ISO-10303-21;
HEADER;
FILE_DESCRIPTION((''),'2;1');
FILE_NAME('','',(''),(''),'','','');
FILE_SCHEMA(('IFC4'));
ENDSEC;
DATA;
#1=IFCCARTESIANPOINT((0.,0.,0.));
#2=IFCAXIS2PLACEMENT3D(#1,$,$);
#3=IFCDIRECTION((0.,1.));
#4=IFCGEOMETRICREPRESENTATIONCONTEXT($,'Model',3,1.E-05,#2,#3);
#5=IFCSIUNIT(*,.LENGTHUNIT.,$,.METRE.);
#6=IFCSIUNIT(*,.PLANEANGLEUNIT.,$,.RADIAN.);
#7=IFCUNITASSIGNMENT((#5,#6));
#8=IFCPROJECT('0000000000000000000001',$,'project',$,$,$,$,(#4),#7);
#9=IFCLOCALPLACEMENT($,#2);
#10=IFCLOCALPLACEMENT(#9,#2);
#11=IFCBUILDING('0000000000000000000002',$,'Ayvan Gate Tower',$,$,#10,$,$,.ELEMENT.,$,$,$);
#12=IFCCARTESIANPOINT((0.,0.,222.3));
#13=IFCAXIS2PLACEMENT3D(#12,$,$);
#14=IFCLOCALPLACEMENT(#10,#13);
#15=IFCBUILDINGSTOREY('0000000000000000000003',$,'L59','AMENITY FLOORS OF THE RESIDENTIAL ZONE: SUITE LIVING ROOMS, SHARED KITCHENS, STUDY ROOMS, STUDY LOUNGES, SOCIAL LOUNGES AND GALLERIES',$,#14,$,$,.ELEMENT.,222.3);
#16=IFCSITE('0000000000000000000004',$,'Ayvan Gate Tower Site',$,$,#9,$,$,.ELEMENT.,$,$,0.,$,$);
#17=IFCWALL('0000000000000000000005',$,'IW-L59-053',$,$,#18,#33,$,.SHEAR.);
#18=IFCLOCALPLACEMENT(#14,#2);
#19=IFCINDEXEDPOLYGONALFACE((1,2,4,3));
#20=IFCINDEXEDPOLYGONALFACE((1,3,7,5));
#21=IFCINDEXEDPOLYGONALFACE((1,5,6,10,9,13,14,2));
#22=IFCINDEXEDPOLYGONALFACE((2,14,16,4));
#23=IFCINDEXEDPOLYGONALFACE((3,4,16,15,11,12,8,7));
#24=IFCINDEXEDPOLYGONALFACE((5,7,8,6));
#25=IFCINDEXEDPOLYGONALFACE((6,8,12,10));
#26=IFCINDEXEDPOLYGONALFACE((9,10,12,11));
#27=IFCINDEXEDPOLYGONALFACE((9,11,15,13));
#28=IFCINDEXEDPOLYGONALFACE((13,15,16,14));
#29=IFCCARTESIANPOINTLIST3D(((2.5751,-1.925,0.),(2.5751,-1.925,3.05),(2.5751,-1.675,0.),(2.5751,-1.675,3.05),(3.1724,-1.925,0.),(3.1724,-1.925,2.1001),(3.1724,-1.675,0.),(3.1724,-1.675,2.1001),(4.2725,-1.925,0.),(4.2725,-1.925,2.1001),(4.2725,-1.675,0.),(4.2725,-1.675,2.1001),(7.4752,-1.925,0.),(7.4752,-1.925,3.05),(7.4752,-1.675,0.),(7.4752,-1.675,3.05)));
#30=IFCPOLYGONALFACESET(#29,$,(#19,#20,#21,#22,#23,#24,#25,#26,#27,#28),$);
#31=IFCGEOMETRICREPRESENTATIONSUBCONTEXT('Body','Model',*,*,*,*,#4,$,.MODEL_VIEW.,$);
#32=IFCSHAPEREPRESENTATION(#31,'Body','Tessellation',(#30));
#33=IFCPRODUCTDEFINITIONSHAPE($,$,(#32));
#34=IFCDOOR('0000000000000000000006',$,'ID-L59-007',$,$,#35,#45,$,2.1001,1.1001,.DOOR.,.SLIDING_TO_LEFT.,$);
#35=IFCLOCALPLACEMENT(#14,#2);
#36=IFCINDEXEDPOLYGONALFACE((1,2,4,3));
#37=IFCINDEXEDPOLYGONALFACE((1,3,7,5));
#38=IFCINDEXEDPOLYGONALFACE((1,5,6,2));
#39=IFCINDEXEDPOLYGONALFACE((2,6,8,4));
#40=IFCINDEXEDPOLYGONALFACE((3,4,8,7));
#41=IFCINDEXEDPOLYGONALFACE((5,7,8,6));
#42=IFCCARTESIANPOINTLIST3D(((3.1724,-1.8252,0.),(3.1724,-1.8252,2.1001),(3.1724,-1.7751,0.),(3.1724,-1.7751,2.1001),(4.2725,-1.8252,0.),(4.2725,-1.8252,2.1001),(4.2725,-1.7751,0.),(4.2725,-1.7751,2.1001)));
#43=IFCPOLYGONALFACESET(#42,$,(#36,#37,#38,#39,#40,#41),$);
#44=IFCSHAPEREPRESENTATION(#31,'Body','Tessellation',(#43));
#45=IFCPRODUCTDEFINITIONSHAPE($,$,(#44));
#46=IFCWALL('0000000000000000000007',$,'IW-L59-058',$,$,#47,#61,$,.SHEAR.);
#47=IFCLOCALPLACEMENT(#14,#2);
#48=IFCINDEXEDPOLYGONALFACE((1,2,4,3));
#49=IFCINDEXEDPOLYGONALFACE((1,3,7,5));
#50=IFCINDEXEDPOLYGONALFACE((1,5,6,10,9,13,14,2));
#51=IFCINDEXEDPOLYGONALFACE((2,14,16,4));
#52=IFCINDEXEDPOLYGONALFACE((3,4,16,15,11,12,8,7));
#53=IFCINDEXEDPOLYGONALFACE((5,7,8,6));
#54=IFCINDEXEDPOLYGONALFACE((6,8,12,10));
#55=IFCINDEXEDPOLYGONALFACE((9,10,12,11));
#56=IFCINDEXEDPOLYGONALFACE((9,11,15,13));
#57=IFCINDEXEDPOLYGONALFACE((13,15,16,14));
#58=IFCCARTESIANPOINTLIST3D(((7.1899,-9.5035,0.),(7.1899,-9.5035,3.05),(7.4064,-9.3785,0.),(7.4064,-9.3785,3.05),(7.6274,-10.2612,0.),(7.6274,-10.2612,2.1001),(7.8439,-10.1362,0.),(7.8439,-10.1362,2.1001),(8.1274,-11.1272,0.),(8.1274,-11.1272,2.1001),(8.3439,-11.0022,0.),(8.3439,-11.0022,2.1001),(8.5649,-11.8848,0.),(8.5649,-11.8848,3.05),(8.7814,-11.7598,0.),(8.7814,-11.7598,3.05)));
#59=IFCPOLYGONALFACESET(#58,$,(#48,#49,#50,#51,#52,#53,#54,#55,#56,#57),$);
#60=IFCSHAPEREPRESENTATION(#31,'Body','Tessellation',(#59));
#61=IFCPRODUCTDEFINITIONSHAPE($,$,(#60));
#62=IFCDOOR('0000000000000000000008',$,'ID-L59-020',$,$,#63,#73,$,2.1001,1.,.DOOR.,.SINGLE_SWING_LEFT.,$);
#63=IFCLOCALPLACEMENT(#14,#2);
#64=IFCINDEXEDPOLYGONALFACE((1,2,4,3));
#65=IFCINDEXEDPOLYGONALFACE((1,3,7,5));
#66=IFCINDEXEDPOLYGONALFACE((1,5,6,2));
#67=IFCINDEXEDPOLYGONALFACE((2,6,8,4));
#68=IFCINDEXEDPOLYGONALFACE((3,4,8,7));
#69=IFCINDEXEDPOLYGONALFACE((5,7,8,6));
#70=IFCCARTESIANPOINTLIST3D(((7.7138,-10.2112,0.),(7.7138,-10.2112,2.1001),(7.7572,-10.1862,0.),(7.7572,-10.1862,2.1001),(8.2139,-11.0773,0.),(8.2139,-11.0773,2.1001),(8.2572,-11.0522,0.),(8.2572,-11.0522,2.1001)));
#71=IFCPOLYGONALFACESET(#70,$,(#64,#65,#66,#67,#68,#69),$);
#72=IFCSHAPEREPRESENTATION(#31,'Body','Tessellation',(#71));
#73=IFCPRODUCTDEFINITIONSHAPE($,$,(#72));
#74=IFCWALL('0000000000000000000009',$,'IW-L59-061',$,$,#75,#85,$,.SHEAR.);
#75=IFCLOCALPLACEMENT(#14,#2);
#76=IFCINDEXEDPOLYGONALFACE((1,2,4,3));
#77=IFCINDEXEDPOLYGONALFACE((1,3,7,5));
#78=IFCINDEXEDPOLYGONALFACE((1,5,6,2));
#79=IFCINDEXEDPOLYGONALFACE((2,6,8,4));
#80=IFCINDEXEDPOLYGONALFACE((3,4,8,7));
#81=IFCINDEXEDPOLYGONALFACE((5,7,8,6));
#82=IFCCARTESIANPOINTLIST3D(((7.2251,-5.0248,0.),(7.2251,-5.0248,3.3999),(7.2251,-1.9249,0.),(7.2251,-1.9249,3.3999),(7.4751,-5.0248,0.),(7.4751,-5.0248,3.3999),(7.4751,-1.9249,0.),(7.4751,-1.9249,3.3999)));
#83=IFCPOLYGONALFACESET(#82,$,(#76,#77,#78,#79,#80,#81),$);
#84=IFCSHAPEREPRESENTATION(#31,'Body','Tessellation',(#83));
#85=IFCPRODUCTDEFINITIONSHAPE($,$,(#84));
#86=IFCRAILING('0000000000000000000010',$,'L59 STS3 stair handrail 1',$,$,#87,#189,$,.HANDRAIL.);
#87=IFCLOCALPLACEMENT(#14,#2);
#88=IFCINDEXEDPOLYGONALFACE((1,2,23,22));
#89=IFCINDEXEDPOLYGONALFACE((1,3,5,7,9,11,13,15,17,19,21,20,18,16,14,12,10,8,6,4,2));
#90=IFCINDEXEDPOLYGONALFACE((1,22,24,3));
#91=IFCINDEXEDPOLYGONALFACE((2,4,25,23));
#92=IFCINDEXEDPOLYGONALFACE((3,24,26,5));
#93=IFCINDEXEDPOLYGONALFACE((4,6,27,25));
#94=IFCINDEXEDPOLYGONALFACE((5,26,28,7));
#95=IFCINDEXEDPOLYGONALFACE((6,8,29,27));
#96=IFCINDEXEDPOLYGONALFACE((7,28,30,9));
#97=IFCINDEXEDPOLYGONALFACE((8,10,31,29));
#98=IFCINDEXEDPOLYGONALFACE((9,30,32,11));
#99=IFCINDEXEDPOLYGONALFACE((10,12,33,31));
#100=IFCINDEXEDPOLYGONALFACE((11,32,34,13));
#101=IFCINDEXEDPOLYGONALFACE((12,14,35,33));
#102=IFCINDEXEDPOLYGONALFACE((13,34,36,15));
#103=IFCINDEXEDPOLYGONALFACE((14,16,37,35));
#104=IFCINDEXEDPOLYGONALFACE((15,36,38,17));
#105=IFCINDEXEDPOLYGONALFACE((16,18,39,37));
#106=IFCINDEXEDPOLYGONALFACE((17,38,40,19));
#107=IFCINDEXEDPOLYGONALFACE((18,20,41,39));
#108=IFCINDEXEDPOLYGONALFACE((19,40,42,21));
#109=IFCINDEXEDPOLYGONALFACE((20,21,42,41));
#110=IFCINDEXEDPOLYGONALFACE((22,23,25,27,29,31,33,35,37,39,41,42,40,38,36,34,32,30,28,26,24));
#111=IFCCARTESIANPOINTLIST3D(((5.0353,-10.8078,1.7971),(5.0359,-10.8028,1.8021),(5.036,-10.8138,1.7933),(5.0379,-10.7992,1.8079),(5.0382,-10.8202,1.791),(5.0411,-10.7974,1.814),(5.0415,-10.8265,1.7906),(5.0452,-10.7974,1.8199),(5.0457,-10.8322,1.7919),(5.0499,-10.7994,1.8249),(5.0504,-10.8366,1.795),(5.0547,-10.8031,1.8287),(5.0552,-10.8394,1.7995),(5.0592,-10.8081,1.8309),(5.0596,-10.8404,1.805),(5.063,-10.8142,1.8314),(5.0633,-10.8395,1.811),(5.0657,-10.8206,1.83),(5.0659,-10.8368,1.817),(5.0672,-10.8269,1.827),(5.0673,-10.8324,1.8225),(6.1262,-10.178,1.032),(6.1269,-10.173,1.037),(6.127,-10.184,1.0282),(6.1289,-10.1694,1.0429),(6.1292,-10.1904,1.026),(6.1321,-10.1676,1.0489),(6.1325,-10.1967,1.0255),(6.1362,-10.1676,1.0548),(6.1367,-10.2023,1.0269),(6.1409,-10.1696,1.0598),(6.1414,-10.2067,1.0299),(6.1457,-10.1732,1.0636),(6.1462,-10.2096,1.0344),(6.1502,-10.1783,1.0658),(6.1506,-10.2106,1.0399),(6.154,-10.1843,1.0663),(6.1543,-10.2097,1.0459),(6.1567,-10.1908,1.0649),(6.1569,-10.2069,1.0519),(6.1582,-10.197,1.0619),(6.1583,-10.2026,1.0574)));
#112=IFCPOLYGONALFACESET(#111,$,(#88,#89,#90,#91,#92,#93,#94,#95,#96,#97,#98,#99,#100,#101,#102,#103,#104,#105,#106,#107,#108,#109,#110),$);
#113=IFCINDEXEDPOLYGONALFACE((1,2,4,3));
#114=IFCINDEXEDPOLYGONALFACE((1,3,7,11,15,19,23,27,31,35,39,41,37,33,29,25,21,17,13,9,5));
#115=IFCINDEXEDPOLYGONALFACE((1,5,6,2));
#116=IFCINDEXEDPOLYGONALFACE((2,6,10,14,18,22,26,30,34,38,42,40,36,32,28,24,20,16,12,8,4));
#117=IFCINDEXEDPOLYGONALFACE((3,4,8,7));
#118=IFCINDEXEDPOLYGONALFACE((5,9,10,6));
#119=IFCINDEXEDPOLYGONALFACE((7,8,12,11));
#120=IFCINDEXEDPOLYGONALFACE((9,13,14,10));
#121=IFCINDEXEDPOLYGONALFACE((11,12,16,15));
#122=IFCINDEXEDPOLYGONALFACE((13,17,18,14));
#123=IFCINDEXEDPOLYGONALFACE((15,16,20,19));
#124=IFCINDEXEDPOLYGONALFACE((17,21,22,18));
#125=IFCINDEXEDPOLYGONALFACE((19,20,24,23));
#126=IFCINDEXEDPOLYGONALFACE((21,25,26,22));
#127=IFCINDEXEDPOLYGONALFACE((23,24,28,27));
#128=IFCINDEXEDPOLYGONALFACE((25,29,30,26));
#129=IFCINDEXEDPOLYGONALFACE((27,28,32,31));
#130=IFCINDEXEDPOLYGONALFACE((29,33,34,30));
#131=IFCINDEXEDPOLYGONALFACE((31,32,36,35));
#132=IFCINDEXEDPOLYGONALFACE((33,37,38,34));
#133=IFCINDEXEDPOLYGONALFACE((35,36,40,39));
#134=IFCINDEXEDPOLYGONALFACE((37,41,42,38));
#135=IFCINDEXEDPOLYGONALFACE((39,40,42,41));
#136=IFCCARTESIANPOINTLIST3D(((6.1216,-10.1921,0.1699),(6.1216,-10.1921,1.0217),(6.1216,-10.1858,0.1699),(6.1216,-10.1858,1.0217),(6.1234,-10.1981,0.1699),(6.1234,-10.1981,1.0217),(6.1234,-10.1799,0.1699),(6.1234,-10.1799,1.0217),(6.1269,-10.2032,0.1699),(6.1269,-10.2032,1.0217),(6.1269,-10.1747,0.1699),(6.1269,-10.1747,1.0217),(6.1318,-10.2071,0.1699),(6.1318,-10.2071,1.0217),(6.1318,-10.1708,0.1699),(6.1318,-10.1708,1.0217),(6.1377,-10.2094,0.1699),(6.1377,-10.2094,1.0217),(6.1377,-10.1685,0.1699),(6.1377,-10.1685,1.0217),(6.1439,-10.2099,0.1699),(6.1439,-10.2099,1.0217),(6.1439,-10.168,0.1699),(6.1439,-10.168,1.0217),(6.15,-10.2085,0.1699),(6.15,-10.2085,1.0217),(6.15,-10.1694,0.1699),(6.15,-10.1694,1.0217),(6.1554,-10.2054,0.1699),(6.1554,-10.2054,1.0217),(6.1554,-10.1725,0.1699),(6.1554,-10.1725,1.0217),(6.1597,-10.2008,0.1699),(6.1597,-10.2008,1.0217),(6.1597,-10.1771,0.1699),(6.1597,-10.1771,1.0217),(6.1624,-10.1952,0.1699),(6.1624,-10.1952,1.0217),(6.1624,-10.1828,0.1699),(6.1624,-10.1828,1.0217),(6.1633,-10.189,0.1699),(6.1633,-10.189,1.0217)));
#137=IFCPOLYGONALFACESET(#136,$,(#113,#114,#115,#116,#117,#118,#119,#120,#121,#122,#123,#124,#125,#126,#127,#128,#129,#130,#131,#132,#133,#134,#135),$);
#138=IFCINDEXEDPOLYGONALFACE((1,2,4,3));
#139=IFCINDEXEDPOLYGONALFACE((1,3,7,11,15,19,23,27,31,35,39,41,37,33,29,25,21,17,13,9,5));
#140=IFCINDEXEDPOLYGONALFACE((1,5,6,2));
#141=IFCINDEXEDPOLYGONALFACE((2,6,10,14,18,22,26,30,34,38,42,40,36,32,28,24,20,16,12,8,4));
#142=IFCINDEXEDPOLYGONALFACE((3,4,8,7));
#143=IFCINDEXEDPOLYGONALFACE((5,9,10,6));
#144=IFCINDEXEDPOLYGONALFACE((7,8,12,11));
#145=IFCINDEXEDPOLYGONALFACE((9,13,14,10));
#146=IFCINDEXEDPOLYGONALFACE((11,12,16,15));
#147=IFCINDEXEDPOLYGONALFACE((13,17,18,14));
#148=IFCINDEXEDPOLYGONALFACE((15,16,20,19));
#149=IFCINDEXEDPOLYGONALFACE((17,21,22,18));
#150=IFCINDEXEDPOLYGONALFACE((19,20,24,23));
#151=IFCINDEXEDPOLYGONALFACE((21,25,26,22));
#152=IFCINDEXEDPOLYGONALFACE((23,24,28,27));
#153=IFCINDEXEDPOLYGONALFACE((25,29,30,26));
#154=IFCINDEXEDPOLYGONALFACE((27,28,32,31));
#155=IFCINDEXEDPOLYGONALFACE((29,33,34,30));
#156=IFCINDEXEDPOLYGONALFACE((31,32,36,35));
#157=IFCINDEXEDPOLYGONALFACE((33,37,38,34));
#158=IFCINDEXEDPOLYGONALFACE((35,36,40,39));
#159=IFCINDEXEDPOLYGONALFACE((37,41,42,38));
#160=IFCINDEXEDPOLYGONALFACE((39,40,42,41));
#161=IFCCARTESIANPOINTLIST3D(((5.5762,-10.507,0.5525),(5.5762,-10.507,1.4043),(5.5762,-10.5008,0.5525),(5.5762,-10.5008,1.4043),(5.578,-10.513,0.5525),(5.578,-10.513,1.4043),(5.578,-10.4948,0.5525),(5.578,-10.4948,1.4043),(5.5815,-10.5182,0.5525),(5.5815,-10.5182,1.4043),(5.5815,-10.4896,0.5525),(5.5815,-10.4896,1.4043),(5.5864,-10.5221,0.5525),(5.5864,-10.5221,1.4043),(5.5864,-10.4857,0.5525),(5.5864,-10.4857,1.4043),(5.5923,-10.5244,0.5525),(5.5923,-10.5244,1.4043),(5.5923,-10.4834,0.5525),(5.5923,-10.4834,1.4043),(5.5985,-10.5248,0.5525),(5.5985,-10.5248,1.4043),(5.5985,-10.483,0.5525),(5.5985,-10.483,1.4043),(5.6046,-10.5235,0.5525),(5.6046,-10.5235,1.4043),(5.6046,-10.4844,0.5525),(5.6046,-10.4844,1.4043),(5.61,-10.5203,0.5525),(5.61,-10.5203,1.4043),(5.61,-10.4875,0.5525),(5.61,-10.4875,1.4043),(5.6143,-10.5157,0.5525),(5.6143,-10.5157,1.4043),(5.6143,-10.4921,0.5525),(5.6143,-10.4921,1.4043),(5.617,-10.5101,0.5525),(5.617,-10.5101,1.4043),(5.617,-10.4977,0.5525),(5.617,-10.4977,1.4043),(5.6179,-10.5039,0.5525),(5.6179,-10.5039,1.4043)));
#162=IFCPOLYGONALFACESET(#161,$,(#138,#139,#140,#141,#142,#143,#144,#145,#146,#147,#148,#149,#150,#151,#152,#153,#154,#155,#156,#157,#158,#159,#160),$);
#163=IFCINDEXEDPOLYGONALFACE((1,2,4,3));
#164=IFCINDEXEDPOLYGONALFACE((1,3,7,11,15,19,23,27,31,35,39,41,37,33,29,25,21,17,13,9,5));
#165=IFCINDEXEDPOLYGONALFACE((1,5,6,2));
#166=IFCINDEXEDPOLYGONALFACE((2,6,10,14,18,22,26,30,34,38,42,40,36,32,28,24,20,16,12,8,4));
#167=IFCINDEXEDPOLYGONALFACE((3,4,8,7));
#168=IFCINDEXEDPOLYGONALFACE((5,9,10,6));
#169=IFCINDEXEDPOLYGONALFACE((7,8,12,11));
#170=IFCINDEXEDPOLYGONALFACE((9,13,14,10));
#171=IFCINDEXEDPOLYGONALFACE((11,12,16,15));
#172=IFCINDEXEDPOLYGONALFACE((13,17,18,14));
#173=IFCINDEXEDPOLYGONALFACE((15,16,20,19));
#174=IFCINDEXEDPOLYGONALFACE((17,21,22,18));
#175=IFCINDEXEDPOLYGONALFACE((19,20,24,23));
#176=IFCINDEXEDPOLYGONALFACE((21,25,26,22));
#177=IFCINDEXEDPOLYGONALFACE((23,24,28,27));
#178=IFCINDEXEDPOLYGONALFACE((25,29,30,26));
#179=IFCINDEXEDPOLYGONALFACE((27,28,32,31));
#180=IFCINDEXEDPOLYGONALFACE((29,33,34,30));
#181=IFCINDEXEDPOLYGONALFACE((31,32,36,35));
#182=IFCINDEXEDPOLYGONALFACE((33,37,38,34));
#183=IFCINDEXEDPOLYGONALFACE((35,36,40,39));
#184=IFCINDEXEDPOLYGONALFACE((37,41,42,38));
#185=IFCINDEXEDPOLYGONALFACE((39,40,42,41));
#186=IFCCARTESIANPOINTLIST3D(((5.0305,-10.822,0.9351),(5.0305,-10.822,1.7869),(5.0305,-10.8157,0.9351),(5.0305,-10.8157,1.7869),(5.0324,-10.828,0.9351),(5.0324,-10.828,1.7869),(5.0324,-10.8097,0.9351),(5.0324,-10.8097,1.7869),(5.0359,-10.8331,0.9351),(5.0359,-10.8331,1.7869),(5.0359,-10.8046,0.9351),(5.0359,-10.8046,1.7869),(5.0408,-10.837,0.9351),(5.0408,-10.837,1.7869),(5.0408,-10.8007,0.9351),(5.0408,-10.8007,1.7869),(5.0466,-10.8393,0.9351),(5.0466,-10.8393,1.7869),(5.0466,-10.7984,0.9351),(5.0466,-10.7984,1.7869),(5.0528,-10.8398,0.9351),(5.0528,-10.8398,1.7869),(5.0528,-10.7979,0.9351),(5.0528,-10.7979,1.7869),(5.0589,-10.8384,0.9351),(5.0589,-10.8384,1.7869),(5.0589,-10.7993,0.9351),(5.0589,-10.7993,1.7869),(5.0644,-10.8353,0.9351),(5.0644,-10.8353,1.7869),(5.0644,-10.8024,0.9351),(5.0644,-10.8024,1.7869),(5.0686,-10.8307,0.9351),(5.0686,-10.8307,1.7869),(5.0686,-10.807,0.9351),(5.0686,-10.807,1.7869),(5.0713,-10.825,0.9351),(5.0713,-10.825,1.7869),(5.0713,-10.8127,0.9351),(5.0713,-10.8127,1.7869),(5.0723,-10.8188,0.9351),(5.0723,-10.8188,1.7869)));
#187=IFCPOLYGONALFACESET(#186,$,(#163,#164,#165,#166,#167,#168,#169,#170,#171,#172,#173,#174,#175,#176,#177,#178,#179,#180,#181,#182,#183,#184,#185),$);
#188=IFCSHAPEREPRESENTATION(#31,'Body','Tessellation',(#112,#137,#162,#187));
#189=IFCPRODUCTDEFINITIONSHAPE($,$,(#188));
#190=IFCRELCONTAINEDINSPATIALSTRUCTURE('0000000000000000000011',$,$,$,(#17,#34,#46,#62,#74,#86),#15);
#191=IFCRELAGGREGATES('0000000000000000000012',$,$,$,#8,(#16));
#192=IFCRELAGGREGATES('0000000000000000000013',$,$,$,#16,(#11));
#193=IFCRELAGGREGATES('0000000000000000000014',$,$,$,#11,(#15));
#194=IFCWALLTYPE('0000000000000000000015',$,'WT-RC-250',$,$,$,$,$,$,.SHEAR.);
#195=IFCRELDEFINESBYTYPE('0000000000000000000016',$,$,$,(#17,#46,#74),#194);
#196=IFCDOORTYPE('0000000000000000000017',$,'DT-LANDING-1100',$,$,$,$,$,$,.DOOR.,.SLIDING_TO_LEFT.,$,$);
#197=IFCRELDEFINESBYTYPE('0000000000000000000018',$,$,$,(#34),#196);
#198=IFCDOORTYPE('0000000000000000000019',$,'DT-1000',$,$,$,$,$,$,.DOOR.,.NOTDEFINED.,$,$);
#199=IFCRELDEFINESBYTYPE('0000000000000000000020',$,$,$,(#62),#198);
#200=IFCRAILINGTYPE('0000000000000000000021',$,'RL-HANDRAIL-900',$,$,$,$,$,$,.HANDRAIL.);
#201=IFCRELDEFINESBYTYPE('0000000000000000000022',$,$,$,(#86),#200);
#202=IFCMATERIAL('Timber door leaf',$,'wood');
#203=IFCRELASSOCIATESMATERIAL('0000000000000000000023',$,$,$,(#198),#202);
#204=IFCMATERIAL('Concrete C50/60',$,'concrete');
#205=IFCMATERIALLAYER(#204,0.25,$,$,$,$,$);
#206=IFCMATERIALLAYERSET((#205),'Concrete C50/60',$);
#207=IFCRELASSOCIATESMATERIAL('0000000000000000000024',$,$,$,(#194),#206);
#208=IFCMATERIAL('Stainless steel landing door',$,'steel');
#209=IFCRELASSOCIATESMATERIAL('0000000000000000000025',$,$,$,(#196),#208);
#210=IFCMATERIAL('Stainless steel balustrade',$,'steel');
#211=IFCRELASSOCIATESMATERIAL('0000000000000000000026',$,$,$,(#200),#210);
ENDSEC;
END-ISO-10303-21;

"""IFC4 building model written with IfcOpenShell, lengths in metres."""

from ifc_helpers import new_model, si_unit, direction, frame, frame_2d, origin, origin_2d, place, context, subcontext, project, spatial, rectangle, circle, extrude, material, layer, layer_set, type_object, element, fill, save


model = new_model("IFC4")

# Units and contexts
model_context = context("Model", 3, precision=1e-05, world=origin(), true_north=direction((0.0, 1.0)))
body_context = subcontext(model_context, "Body", "Model", "MODEL_VIEW")
ifc_project = project(units=[si_unit("LENGTHUNIT", "METRE"), si_unit("PLANEANGLEUNIT", "RADIAN")], contexts=[model_context])

# Site, building, storey
site_placement = place(None, origin())
site = spatial("IfcSite", under=ifc_project, at=site_placement, Name="Ayvan Gate Tower Site", CompositionType="ELEMENT", RefElevation=0.0)
building_placement = place(site_placement, origin())
building = spatial("IfcBuilding", under=site, at=building_placement, Name="Ayvan Gate Tower", CompositionType="ELEMENT")
storey_placement = place(building_placement, frame((0.0, 0.0, 222.3)))
storey = spatial("IfcBuildingStorey", under=building, at=storey_placement, Name="L59", Description="AMENITY FLOORS OF THE RESIDENTIAL ZONE: SUITE LIVING ROOMS, SHARED KITCHENS, STUDY ROOMS, STUDY LOUNGES, SOCIAL LOUNGES AND GALLERIES", CompositionType="ELEMENT", Elevation=222.3)

# Shared definitions
ifc_material_1 = material(Name="Concrete C50/60", Category="concrete")

# Shared definitions
ifc_material_2 = material(Name="Timber door leaf", Category="wood")

# Shared definitions
door_type_1 = type_object("IfcDoorType", Name="DT-1000", OperationType="NOTDEFINED", PredefinedType="DOOR", material=ifc_material_2)

# Shared definitions
ifc_layer_1 = layer(ifc_material_1, 0.25)
ifc_layer_set_1 = layer_set([ifc_layer_1], Name="Concrete C50/60")
wall_type_1 = type_object("IfcWallType", Name="WT-RC-250", PredefinedType="SHEAR", material=ifc_layer_set_1)

# Walls, openings, doors
wall_1_placement = place(storey_placement, frame((2.575, -1.8, 0.0), z_axis=(0.0, 0.0, 1.0), x_axis=(1.0, 0.0, 0.0)))
wall_1 = element("IfcWall", 1, at=wall_1_placement, inside=storey, type_object=wall_type_1, Name="IW-L59-053", PredefinedType="SHEAR", context=body_context, shape_type="SweptSolid", body=[
    extrude(rectangle(XDim=4.9001, YDim=0.25, at=frame_2d((2.4502, 0.0))), origin(), (0.0, 0.0, 1.0), 3.05),
])
opening_1_placement = place(wall_1_placement, frame((0.5974, 0.0, 0.0)))
opening_1 = element("IfcOpeningElement", 2, at=opening_1_placement, cuts=wall_1, PredefinedType="OPENING", context=body_context, shape_type="SweptSolid", body=[
    extrude(rectangle(XDim=1.1001, YDim=2.1001, at=frame_2d((0.55, 1.05))), frame((0.0, 0.135, 0.0), z_axis=(0.0, -1.0, 0.0), x_axis=(1.0, 0.0, 0.0)), (0.0, 0.0, 1.0), 0.27),
])
ifc_material_3 = material(Name="Stainless steel landing door", Category="steel")
door_type_2 = type_object("IfcDoorType", Name="DT-LANDING-1100", OperationType="SLIDING_TO_LEFT", PredefinedType="DOOR", material=ifc_material_3)
door_1_placement = place(opening_1_placement, origin())
door_1 = element("IfcDoor", 3, at=door_1_placement, inside=storey, type_object=door_type_2, Name="ID-L59-007", OperationType="SLIDING_TO_LEFT", OverallHeight=2.1001, OverallWidth=1.1001, PredefinedType="DOOR", context=body_context, shape_type="SweptSolid", body=[
    extrude(rectangle(XDim=1.1001, YDim=2.1001, at=frame_2d((0.55, 1.05))), frame((0.0, 0.0249, 0.0), z_axis=(0.0, -1.0, 0.0), x_axis=(1.0, 0.0, 0.0)), (0.0, 0.0, 1.0), 0.05),
])
fill(opening_1, door_1)
wall_2_placement = place(storey_placement, frame((7.2981, -9.4409, 0.0), z_axis=(0.0, 0.0, 1.0), x_axis=(0.500035, -0.866005, 0.0)))
wall_2 = element("IfcWall", 4, at=wall_2_placement, inside=storey, type_object=wall_type_1, Name="IW-L59-058", PredefinedType="SHEAR", context=body_context, shape_type="SweptSolid", body=[
    extrude(rectangle(XDim=2.7498, YDim=0.25, at=frame_2d((1.375, 0.0))), origin(), (0.0, 0.0, 1.0), 3.05),
])
opening_2_placement = place(wall_2_placement, frame((0.875, 0.0, 0.0)))
opening_2 = element("IfcOpeningElement", 5, at=opening_2_placement, cuts=wall_2, PredefinedType="OPENING", context=body_context, shape_type="SweptSolid", body=[
    extrude(rectangle(XDim=1.0, YDim=2.1001, at=frame_2d((0.5, 1.05))), frame((0.0, 0.135, 0.0), z_axis=(0.0, -1.0, 0.0), x_axis=(1.0, 0.0, 0.0)), (0.0, 0.0, 1.0), 0.27),
])
door_2_placement = place(opening_2_placement, origin())
door_2 = element("IfcDoor", 6, at=door_2_placement, inside=storey, type_object=door_type_1, Name="ID-L59-020", OperationType="SINGLE_SWING_LEFT", OverallHeight=2.1001, OverallWidth=1.0, PredefinedType="DOOR", context=body_context, shape_type="SweptSolid", body=[
    extrude(rectangle(XDim=1.0, YDim=2.1001, at=frame_2d((0.5, 1.05))), frame((0.0, 0.0249, 0.0), z_axis=(0.0, -1.0, 0.0), x_axis=(1.0, 0.0, 0.0)), (0.0, 0.0, 1.0), 0.05),
])
fill(opening_2, door_2)

# Wall
wall_3_placement = place(storey_placement, frame((7.3501, -1.925, 0.0), z_axis=(0.0, 0.0, 1.0), x_axis=(0.0, -1.0, 0.0)))
element("IfcWall", 7, at=wall_3_placement, inside=storey, type_object=wall_type_1, Name="IW-L59-061", PredefinedType="SHEAR", context=body_context, shape_type="SweptSolid", body=[
    extrude(rectangle(XDim=3.0999, YDim=0.25, at=frame_2d((1.5498, 0.0))), origin(), (0.0, 0.0, 1.0), 3.3999),
])

# Railing
ifc_material_4 = material(Name="Stainless steel balustrade", Category="steel")
railing_type = type_object("IfcRailingType", Name="RL-HANDRAIL-900", PredefinedType="HANDRAIL", material=ifc_material_4)
railing_1_placement = place(storey_placement, frame((6.1423, -10.189, 0.1699)))
element("IfcRailing", 8, at=railing_1_placement, inside=storey, type_object=railing_type, Name="L59 STS3 stair handrail 1", PredefinedType="HANDRAIL", context=body_context, shape_type="SweptSolid", body=[
    extrude(circle(Radius=0.0239, at=origin_2d()), frame((0.0, 0.0, 0.876), z_axis=(-0.740218, -0.427336, 0.519097), x_axis=(0.499974, -0.86604, 0.0)), (0.0, 0.0, 1.0), 1.4739),
    extrude(circle(Radius=0.021, at=origin_2d()), origin(), (0.0, 0.0, 1.0), 0.8518),
    extrude(circle(Radius=0.021, at=origin_2d()), frame((-0.5454, -0.3149, 0.3826)), (0.0, 0.0, 1.0), 0.8518),
    extrude(circle(Radius=0.021, at=origin_2d()), frame((-1.0911, -0.6299, 0.7651)), (0.0, 0.0, 1.0), 0.8518),
])

save(model, "model.ifc")
